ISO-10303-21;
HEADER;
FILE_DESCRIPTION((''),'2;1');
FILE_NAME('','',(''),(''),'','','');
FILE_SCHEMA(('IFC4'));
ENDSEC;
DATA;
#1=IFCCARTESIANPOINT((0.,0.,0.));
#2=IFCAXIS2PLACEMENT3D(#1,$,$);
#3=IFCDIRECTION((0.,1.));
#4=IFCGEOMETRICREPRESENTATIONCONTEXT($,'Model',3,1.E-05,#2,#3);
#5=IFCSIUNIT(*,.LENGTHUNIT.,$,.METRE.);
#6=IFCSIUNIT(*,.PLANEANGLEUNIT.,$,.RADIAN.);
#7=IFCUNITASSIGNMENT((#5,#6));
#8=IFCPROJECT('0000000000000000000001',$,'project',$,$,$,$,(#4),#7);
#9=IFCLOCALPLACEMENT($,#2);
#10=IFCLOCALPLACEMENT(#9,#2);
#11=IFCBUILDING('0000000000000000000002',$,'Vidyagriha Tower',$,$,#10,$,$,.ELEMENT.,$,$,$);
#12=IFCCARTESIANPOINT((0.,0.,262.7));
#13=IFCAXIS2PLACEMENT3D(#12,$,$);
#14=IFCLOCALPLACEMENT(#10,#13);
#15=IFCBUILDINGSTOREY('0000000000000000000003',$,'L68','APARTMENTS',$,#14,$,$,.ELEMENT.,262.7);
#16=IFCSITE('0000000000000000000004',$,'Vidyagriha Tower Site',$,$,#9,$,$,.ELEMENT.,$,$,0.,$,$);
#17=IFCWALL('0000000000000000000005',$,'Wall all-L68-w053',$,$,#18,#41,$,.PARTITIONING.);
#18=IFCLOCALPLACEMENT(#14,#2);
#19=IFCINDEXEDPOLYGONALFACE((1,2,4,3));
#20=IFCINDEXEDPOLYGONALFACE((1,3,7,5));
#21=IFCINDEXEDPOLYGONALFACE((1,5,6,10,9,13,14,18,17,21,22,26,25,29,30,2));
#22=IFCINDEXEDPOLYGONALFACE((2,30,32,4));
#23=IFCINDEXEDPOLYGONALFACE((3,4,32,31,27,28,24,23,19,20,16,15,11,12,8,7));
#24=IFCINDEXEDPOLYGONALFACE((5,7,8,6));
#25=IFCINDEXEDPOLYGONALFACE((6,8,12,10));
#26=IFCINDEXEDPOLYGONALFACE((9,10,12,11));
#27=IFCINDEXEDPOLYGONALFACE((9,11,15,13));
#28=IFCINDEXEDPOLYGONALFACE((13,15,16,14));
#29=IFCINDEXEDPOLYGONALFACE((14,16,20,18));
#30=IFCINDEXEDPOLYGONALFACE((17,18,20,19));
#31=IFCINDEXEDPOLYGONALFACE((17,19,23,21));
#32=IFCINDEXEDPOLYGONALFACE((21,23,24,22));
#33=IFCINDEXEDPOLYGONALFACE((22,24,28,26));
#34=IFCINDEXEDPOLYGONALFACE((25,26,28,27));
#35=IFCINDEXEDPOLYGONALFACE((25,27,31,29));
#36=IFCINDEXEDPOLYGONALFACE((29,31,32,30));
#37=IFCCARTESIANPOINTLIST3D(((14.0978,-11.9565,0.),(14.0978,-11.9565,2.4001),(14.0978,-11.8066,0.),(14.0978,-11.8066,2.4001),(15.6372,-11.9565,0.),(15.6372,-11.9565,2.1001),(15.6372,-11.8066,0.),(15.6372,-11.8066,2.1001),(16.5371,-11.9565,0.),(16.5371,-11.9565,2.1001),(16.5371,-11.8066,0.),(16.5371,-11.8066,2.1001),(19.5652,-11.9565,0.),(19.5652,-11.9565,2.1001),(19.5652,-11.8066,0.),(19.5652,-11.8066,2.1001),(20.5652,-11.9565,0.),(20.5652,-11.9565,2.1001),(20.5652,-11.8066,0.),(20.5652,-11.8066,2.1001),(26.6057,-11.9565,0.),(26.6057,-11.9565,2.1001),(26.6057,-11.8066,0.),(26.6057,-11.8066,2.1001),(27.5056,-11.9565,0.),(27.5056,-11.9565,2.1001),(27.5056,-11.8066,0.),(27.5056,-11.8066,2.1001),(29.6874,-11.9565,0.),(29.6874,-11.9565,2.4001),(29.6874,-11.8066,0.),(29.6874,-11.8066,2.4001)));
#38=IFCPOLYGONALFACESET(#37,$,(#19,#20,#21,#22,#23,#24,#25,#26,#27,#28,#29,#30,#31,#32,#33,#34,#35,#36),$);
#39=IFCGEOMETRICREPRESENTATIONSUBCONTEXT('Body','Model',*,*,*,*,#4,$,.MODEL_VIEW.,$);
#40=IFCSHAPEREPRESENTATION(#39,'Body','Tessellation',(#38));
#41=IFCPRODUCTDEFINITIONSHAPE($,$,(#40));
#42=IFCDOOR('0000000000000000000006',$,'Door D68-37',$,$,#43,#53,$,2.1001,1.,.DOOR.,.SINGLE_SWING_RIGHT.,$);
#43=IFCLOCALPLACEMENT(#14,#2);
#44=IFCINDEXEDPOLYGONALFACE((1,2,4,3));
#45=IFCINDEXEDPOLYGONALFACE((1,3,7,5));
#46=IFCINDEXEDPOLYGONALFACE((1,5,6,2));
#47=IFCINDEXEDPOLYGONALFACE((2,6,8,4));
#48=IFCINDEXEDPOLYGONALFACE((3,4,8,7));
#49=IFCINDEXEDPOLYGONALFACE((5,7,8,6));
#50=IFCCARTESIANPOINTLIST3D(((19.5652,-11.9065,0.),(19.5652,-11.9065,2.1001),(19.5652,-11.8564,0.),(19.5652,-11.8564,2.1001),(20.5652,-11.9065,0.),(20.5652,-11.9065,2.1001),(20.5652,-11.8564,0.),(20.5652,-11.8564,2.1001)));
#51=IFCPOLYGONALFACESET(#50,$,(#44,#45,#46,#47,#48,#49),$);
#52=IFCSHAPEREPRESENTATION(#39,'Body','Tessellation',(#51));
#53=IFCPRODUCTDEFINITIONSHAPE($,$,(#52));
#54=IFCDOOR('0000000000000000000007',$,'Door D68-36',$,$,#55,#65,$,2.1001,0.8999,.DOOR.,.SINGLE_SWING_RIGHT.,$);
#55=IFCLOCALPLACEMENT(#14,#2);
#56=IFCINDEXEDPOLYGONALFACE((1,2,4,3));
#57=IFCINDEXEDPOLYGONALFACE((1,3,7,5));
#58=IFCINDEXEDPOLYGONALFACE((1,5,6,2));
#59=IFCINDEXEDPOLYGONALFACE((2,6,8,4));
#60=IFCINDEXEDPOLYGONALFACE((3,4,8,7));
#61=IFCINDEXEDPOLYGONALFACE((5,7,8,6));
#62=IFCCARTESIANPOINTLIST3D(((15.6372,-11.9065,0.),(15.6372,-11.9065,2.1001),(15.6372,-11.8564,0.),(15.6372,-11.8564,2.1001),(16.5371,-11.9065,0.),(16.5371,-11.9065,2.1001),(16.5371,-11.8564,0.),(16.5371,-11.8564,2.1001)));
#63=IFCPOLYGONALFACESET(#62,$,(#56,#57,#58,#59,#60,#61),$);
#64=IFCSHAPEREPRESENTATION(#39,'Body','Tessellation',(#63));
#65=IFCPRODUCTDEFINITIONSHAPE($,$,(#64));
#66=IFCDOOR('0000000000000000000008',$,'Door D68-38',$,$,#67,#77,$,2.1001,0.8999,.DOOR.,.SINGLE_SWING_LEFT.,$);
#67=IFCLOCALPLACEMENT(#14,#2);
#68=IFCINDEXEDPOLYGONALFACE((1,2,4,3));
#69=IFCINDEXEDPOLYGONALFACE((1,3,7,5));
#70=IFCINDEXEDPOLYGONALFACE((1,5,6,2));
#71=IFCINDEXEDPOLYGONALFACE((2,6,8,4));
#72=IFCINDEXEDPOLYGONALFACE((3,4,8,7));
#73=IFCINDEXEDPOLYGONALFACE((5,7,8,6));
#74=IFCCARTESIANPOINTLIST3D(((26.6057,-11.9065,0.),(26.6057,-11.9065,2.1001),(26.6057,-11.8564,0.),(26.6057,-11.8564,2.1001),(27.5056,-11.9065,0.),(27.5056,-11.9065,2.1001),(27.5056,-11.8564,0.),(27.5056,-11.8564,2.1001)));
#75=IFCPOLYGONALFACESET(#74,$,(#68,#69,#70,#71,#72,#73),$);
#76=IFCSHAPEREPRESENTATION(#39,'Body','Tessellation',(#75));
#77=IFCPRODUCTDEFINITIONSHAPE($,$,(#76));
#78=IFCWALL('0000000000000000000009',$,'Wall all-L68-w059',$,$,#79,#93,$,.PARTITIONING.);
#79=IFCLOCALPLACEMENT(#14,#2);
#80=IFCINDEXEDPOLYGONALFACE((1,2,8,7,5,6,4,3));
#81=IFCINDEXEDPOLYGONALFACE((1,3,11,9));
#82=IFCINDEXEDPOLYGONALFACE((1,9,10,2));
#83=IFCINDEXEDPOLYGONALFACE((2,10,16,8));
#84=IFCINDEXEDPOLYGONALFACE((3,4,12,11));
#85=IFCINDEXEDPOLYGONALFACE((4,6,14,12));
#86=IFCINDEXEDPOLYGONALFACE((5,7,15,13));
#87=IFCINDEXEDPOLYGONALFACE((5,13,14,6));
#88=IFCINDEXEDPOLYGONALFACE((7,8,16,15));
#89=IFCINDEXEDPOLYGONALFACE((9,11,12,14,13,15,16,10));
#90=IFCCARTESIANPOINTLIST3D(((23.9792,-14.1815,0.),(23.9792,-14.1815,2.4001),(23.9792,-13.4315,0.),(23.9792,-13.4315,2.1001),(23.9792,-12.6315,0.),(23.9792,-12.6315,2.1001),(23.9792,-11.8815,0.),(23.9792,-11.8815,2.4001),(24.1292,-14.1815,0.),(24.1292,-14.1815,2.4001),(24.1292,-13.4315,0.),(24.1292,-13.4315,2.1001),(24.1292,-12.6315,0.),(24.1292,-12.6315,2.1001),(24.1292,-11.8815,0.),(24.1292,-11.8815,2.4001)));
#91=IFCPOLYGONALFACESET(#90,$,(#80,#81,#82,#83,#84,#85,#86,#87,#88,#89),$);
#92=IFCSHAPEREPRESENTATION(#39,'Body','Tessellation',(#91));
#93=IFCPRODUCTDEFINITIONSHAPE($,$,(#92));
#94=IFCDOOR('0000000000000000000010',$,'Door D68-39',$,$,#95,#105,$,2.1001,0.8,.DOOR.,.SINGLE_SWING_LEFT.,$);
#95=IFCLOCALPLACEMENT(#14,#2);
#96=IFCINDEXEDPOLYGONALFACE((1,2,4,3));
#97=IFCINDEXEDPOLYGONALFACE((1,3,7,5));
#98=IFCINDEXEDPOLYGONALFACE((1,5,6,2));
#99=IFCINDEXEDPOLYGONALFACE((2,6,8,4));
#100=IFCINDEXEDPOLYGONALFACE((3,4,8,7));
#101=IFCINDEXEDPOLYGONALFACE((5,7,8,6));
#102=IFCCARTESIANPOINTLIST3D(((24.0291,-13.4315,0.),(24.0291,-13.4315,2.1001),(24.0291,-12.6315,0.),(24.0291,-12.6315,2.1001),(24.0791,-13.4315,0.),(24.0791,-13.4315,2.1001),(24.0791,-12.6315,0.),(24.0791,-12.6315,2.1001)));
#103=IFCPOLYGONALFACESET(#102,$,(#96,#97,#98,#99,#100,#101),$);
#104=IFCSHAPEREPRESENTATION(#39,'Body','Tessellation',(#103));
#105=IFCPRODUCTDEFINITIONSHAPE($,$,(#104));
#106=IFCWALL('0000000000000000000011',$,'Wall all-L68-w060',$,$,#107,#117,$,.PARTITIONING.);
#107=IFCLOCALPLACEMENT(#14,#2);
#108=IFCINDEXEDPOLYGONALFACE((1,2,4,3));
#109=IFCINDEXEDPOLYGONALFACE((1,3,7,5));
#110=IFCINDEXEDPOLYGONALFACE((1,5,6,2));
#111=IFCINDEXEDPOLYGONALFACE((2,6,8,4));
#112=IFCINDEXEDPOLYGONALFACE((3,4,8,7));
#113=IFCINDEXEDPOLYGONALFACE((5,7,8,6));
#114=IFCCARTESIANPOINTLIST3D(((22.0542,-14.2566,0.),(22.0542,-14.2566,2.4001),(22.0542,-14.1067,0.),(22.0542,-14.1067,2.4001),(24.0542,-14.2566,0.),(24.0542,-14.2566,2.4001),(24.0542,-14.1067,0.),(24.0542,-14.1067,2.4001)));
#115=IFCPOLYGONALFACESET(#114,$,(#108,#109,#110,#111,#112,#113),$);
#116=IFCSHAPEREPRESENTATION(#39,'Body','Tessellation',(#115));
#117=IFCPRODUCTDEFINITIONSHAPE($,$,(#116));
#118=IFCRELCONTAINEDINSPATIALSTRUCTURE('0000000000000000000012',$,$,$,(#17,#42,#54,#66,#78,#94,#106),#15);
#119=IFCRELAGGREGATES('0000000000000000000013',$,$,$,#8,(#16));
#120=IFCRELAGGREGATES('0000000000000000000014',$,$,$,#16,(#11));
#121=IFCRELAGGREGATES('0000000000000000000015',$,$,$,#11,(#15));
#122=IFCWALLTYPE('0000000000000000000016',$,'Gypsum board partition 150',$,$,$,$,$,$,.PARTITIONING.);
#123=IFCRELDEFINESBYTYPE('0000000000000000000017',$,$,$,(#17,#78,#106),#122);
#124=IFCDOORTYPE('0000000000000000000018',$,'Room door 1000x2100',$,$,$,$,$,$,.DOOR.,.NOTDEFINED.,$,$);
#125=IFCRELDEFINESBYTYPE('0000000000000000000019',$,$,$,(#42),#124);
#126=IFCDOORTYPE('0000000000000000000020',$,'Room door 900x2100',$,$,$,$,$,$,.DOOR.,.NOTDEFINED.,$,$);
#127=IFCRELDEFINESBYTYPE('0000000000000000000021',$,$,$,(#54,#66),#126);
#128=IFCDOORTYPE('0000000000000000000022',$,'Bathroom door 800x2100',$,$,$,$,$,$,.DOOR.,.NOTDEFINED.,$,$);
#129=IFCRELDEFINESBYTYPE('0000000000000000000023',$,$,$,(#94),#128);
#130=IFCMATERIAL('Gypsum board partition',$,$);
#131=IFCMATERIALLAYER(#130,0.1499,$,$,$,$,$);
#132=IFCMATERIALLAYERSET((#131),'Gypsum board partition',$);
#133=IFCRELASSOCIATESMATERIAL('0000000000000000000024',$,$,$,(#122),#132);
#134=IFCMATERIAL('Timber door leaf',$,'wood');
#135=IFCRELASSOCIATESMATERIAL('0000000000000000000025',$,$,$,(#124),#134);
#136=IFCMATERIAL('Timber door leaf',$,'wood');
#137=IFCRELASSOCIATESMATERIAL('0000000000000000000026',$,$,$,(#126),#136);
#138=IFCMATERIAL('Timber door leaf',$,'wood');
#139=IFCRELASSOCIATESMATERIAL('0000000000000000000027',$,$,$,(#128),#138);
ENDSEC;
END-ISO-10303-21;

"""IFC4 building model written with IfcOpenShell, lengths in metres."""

from ifc_helpers import new_model, si_unit, direction, frame, frame_2d, origin, place, context, subcontext, project, spatial, rectangle, extrude, material, layer, layer_set, type_object, element, fill, save


model = new_model("IFC4")

# Units and contexts
model_context = context("Model", 3, precision=1e-05, world=origin(), true_north=direction((0.0, 1.0)))
body_context = subcontext(model_context, "Body", "Model", "MODEL_VIEW")
ifc_project = project(units=[si_unit("LENGTHUNIT", "METRE"), si_unit("PLANEANGLEUNIT", "RADIAN")], contexts=[model_context])

# Site, building, storey
site_placement = place(None, origin())
site = spatial("IfcSite", under=ifc_project, at=site_placement, Name="Vidyagriha Tower Site", CompositionType="ELEMENT", RefElevation=0.0)
building_placement = place(site_placement, origin())
building = spatial("IfcBuilding", under=site, at=building_placement, Name="Vidyagriha Tower", CompositionType="ELEMENT")
storey_placement = place(building_placement, frame((0.0, 0.0, 262.7)))
storey = spatial("IfcBuildingStorey", under=building, at=storey_placement, Name="L68", Description="APARTMENTS", CompositionType="ELEMENT", Elevation=262.7)

# Wall, openings, doors
ifc_material_1 = material(Name="Gypsum board partition")
ifc_layer_1 = layer(ifc_material_1, 0.1499)
ifc_layer_set_1 = layer_set([ifc_layer_1], Name="Gypsum board partition")
wall_type_1 = type_object("IfcWallType", Name="Gypsum board partition 150", PredefinedType="PARTITIONING", material=ifc_layer_set_1)
wall_1_placement = place(storey_placement, frame((29.6875, -11.8816, 0.0), z_axis=(0.0, 0.0, 1.0), x_axis=(-1.0, 0.0, 0.0)))
wall_1 = element("IfcWall", 1, at=wall_1_placement, inside=storey, type_object=wall_type_1, Name="Wall all-L68-w053", PredefinedType="PARTITIONING", context=body_context, shape_type="SweptSolid", body=[
    extrude(rectangle(XDim=15.5896, YDim=0.1499, at=frame_2d((7.7949, 0.0))), origin(), (0.0, 0.0, 1.0), 2.4001),
])
opening_1_placement = place(wall_1_placement, frame((13.1504, 0.0, 0.0)))
opening_1 = element("IfcOpeningElement", 2, at=opening_1_placement, cuts=wall_1, PredefinedType="OPENING", context=body_context, shape_type="SweptSolid", body=[
    extrude(rectangle(XDim=0.8999, YDim=2.1001, at=frame_2d((0.45, 1.05))), frame((0.0, 0.085, 0.0), z_axis=(0.0, -1.0, 0.0), x_axis=(1.0, 0.0, 0.0)), (0.0, 0.0, 1.0), 0.1699),
])
opening_2_placement = place(wall_1_placement, frame((9.1223, 0.0, 0.0)))
opening_2 = element("IfcOpeningElement", 3, at=opening_2_placement, cuts=wall_1, PredefinedType="OPENING", context=body_context, shape_type="SweptSolid", body=[
    extrude(rectangle(XDim=1.0, YDim=2.1001, at=frame_2d((0.5, 1.05))), frame((0.0, 0.085, 0.0), z_axis=(0.0, -1.0, 0.0), x_axis=(1.0, 0.0, 0.0)), (0.0, 0.0, 1.0), 0.1699),
])
opening_3_placement = place(wall_1_placement, frame((2.1819, 0.0, 0.0)))
opening_3 = element("IfcOpeningElement", 4, at=opening_3_placement, cuts=wall_1, PredefinedType="OPENING", context=body_context, shape_type="SweptSolid", body=[
    extrude(rectangle(XDim=0.8999, YDim=2.1001, at=frame_2d((0.45, 1.05))), frame((0.0, 0.085, 0.0), z_axis=(0.0, -1.0, 0.0), x_axis=(1.0, 0.0, 0.0)), (0.0, 0.0, 1.0), 0.1699),
])
ifc_material_2 = material(Name="Timber door leaf", Category="wood")
door_type_1 = type_object("IfcDoorType", Name="Room door 1000x2100", OperationType="NOTDEFINED", PredefinedType="DOOR", material=ifc_material_2)
door_1_placement = place(opening_2_placement, origin())
door_1 = element("IfcDoor", 5, at=door_1_placement, inside=storey, type_object=door_type_1, Name="Door D68-37", OperationType="SINGLE_SWING_RIGHT", OverallHeight=2.1001, OverallWidth=1.0, PredefinedType="DOOR", context=body_context, shape_type="SweptSolid", body=[
    extrude(rectangle(XDim=1.0, YDim=2.1001, at=frame_2d((0.5, 1.05))), frame((0.0, 0.0249, 0.0), z_axis=(0.0, -1.0, 0.0), x_axis=(1.0, 0.0, 0.0)), (0.0, 0.0, 1.0), 0.05),
])
fill(opening_2, door_1)
ifc_material_3 = material(Name="Timber door leaf", Category="wood")
door_type_2 = type_object("IfcDoorType", Name="Room door 900x2100", OperationType="NOTDEFINED", PredefinedType="DOOR", material=ifc_material_3)
door_2_placement = place(opening_1_placement, origin())
door_2 = element("IfcDoor", 6, at=door_2_placement, inside=storey, type_object=door_type_2, Name="Door D68-36", OperationType="SINGLE_SWING_RIGHT", OverallHeight=2.1001, OverallWidth=0.8999, PredefinedType="DOOR", context=body_context, shape_type="SweptSolid", body=[
    extrude(rectangle(XDim=0.8999, YDim=2.1001, at=frame_2d((0.45, 1.05))), frame((0.0, 0.0249, 0.0), z_axis=(0.0, -1.0, 0.0), x_axis=(1.0, 0.0, 0.0)), (0.0, 0.0, 1.0), 0.05),
])
fill(opening_1, door_2)
door_3_placement = place(opening_3_placement, origin())
door_3 = element("IfcDoor", 7, at=door_3_placement, inside=storey, type_object=door_type_2, Name="Door D68-38", OperationType="SINGLE_SWING_LEFT", OverallHeight=2.1001, OverallWidth=0.8999, PredefinedType="DOOR", context=body_context, shape_type="SweptSolid", body=[
    extrude(rectangle(XDim=0.8999, YDim=2.1001, at=frame_2d((0.45, 1.05))), frame((0.0, 0.0249, 0.0), z_axis=(0.0, -1.0, 0.0), x_axis=(1.0, 0.0, 0.0)), (0.0, 0.0, 1.0), 0.05),
])
fill(opening_3, door_3)

# Wall, opening, door
wall_2_placement = place(storey_placement, frame((24.0542, -11.8816, 0.0), z_axis=(0.0, 0.0, 1.0), x_axis=(0.0, -1.0, 0.0)))
wall_2 = element("IfcWall", 8, at=wall_2_placement, inside=storey, type_object=wall_type_1, Name="Wall all-L68-w059", PredefinedType="PARTITIONING", context=body_context, shape_type="SweptSolid", body=[
    extrude(rectangle(XDim=2.3, YDim=0.1499, at=frame_2d((1.1499, 0.0))), origin(), (0.0, 0.0, 1.0), 2.4001),
])
opening_4_placement = place(wall_2_placement, frame((0.75, 0.0, 0.0)))
opening_4 = element("IfcOpeningElement", 9, at=opening_4_placement, cuts=wall_2, PredefinedType="OPENING", context=body_context, shape_type="SweptSolid", body=[
    extrude(rectangle(XDim=0.8, YDim=2.1001, at=frame_2d((0.3999, 1.05))), frame((0.0, 0.085, 0.0), z_axis=(0.0, -1.0, 0.0), x_axis=(1.0, 0.0, 0.0)), (0.0, 0.0, 1.0), 0.1699),
])
ifc_material_4 = material(Name="Timber door leaf", Category="wood")
door_type_3 = type_object("IfcDoorType", Name="Bathroom door 800x2100", OperationType="NOTDEFINED", PredefinedType="DOOR", material=ifc_material_4)
door_4_placement = place(opening_4_placement, origin())
door_4 = element("IfcDoor", 10, at=door_4_placement, inside=storey, type_object=door_type_3, Name="Door D68-39", OperationType="SINGLE_SWING_LEFT", OverallHeight=2.1001, OverallWidth=0.8, PredefinedType="DOOR", context=body_context, shape_type="SweptSolid", body=[
    extrude(rectangle(XDim=0.8, YDim=2.1001, at=frame_2d((0.3999, 1.05))), frame((0.0, 0.0249, 0.0), z_axis=(0.0, -1.0, 0.0), x_axis=(1.0, 0.0, 0.0)), (0.0, 0.0, 1.0), 0.05),
])
fill(opening_4, door_4)

# Wall
wall_3_placement = place(storey_placement, frame((24.0542, -14.1816, 0.0), z_axis=(0.0, 0.0, 1.0), x_axis=(-1.0, 0.0, 0.0)))
element("IfcWall", 11, at=wall_3_placement, inside=storey, type_object=wall_type_1, Name="Wall all-L68-w060", PredefinedType="PARTITIONING", context=body_context, shape_type="SweptSolid", body=[
    extrude(rectangle(XDim=2.0, YDim=0.1499, at=frame_2d((1.0, 0.0))), origin(), (0.0, 0.0, 1.0), 2.4001),
])

save(model, "model.ifc")
